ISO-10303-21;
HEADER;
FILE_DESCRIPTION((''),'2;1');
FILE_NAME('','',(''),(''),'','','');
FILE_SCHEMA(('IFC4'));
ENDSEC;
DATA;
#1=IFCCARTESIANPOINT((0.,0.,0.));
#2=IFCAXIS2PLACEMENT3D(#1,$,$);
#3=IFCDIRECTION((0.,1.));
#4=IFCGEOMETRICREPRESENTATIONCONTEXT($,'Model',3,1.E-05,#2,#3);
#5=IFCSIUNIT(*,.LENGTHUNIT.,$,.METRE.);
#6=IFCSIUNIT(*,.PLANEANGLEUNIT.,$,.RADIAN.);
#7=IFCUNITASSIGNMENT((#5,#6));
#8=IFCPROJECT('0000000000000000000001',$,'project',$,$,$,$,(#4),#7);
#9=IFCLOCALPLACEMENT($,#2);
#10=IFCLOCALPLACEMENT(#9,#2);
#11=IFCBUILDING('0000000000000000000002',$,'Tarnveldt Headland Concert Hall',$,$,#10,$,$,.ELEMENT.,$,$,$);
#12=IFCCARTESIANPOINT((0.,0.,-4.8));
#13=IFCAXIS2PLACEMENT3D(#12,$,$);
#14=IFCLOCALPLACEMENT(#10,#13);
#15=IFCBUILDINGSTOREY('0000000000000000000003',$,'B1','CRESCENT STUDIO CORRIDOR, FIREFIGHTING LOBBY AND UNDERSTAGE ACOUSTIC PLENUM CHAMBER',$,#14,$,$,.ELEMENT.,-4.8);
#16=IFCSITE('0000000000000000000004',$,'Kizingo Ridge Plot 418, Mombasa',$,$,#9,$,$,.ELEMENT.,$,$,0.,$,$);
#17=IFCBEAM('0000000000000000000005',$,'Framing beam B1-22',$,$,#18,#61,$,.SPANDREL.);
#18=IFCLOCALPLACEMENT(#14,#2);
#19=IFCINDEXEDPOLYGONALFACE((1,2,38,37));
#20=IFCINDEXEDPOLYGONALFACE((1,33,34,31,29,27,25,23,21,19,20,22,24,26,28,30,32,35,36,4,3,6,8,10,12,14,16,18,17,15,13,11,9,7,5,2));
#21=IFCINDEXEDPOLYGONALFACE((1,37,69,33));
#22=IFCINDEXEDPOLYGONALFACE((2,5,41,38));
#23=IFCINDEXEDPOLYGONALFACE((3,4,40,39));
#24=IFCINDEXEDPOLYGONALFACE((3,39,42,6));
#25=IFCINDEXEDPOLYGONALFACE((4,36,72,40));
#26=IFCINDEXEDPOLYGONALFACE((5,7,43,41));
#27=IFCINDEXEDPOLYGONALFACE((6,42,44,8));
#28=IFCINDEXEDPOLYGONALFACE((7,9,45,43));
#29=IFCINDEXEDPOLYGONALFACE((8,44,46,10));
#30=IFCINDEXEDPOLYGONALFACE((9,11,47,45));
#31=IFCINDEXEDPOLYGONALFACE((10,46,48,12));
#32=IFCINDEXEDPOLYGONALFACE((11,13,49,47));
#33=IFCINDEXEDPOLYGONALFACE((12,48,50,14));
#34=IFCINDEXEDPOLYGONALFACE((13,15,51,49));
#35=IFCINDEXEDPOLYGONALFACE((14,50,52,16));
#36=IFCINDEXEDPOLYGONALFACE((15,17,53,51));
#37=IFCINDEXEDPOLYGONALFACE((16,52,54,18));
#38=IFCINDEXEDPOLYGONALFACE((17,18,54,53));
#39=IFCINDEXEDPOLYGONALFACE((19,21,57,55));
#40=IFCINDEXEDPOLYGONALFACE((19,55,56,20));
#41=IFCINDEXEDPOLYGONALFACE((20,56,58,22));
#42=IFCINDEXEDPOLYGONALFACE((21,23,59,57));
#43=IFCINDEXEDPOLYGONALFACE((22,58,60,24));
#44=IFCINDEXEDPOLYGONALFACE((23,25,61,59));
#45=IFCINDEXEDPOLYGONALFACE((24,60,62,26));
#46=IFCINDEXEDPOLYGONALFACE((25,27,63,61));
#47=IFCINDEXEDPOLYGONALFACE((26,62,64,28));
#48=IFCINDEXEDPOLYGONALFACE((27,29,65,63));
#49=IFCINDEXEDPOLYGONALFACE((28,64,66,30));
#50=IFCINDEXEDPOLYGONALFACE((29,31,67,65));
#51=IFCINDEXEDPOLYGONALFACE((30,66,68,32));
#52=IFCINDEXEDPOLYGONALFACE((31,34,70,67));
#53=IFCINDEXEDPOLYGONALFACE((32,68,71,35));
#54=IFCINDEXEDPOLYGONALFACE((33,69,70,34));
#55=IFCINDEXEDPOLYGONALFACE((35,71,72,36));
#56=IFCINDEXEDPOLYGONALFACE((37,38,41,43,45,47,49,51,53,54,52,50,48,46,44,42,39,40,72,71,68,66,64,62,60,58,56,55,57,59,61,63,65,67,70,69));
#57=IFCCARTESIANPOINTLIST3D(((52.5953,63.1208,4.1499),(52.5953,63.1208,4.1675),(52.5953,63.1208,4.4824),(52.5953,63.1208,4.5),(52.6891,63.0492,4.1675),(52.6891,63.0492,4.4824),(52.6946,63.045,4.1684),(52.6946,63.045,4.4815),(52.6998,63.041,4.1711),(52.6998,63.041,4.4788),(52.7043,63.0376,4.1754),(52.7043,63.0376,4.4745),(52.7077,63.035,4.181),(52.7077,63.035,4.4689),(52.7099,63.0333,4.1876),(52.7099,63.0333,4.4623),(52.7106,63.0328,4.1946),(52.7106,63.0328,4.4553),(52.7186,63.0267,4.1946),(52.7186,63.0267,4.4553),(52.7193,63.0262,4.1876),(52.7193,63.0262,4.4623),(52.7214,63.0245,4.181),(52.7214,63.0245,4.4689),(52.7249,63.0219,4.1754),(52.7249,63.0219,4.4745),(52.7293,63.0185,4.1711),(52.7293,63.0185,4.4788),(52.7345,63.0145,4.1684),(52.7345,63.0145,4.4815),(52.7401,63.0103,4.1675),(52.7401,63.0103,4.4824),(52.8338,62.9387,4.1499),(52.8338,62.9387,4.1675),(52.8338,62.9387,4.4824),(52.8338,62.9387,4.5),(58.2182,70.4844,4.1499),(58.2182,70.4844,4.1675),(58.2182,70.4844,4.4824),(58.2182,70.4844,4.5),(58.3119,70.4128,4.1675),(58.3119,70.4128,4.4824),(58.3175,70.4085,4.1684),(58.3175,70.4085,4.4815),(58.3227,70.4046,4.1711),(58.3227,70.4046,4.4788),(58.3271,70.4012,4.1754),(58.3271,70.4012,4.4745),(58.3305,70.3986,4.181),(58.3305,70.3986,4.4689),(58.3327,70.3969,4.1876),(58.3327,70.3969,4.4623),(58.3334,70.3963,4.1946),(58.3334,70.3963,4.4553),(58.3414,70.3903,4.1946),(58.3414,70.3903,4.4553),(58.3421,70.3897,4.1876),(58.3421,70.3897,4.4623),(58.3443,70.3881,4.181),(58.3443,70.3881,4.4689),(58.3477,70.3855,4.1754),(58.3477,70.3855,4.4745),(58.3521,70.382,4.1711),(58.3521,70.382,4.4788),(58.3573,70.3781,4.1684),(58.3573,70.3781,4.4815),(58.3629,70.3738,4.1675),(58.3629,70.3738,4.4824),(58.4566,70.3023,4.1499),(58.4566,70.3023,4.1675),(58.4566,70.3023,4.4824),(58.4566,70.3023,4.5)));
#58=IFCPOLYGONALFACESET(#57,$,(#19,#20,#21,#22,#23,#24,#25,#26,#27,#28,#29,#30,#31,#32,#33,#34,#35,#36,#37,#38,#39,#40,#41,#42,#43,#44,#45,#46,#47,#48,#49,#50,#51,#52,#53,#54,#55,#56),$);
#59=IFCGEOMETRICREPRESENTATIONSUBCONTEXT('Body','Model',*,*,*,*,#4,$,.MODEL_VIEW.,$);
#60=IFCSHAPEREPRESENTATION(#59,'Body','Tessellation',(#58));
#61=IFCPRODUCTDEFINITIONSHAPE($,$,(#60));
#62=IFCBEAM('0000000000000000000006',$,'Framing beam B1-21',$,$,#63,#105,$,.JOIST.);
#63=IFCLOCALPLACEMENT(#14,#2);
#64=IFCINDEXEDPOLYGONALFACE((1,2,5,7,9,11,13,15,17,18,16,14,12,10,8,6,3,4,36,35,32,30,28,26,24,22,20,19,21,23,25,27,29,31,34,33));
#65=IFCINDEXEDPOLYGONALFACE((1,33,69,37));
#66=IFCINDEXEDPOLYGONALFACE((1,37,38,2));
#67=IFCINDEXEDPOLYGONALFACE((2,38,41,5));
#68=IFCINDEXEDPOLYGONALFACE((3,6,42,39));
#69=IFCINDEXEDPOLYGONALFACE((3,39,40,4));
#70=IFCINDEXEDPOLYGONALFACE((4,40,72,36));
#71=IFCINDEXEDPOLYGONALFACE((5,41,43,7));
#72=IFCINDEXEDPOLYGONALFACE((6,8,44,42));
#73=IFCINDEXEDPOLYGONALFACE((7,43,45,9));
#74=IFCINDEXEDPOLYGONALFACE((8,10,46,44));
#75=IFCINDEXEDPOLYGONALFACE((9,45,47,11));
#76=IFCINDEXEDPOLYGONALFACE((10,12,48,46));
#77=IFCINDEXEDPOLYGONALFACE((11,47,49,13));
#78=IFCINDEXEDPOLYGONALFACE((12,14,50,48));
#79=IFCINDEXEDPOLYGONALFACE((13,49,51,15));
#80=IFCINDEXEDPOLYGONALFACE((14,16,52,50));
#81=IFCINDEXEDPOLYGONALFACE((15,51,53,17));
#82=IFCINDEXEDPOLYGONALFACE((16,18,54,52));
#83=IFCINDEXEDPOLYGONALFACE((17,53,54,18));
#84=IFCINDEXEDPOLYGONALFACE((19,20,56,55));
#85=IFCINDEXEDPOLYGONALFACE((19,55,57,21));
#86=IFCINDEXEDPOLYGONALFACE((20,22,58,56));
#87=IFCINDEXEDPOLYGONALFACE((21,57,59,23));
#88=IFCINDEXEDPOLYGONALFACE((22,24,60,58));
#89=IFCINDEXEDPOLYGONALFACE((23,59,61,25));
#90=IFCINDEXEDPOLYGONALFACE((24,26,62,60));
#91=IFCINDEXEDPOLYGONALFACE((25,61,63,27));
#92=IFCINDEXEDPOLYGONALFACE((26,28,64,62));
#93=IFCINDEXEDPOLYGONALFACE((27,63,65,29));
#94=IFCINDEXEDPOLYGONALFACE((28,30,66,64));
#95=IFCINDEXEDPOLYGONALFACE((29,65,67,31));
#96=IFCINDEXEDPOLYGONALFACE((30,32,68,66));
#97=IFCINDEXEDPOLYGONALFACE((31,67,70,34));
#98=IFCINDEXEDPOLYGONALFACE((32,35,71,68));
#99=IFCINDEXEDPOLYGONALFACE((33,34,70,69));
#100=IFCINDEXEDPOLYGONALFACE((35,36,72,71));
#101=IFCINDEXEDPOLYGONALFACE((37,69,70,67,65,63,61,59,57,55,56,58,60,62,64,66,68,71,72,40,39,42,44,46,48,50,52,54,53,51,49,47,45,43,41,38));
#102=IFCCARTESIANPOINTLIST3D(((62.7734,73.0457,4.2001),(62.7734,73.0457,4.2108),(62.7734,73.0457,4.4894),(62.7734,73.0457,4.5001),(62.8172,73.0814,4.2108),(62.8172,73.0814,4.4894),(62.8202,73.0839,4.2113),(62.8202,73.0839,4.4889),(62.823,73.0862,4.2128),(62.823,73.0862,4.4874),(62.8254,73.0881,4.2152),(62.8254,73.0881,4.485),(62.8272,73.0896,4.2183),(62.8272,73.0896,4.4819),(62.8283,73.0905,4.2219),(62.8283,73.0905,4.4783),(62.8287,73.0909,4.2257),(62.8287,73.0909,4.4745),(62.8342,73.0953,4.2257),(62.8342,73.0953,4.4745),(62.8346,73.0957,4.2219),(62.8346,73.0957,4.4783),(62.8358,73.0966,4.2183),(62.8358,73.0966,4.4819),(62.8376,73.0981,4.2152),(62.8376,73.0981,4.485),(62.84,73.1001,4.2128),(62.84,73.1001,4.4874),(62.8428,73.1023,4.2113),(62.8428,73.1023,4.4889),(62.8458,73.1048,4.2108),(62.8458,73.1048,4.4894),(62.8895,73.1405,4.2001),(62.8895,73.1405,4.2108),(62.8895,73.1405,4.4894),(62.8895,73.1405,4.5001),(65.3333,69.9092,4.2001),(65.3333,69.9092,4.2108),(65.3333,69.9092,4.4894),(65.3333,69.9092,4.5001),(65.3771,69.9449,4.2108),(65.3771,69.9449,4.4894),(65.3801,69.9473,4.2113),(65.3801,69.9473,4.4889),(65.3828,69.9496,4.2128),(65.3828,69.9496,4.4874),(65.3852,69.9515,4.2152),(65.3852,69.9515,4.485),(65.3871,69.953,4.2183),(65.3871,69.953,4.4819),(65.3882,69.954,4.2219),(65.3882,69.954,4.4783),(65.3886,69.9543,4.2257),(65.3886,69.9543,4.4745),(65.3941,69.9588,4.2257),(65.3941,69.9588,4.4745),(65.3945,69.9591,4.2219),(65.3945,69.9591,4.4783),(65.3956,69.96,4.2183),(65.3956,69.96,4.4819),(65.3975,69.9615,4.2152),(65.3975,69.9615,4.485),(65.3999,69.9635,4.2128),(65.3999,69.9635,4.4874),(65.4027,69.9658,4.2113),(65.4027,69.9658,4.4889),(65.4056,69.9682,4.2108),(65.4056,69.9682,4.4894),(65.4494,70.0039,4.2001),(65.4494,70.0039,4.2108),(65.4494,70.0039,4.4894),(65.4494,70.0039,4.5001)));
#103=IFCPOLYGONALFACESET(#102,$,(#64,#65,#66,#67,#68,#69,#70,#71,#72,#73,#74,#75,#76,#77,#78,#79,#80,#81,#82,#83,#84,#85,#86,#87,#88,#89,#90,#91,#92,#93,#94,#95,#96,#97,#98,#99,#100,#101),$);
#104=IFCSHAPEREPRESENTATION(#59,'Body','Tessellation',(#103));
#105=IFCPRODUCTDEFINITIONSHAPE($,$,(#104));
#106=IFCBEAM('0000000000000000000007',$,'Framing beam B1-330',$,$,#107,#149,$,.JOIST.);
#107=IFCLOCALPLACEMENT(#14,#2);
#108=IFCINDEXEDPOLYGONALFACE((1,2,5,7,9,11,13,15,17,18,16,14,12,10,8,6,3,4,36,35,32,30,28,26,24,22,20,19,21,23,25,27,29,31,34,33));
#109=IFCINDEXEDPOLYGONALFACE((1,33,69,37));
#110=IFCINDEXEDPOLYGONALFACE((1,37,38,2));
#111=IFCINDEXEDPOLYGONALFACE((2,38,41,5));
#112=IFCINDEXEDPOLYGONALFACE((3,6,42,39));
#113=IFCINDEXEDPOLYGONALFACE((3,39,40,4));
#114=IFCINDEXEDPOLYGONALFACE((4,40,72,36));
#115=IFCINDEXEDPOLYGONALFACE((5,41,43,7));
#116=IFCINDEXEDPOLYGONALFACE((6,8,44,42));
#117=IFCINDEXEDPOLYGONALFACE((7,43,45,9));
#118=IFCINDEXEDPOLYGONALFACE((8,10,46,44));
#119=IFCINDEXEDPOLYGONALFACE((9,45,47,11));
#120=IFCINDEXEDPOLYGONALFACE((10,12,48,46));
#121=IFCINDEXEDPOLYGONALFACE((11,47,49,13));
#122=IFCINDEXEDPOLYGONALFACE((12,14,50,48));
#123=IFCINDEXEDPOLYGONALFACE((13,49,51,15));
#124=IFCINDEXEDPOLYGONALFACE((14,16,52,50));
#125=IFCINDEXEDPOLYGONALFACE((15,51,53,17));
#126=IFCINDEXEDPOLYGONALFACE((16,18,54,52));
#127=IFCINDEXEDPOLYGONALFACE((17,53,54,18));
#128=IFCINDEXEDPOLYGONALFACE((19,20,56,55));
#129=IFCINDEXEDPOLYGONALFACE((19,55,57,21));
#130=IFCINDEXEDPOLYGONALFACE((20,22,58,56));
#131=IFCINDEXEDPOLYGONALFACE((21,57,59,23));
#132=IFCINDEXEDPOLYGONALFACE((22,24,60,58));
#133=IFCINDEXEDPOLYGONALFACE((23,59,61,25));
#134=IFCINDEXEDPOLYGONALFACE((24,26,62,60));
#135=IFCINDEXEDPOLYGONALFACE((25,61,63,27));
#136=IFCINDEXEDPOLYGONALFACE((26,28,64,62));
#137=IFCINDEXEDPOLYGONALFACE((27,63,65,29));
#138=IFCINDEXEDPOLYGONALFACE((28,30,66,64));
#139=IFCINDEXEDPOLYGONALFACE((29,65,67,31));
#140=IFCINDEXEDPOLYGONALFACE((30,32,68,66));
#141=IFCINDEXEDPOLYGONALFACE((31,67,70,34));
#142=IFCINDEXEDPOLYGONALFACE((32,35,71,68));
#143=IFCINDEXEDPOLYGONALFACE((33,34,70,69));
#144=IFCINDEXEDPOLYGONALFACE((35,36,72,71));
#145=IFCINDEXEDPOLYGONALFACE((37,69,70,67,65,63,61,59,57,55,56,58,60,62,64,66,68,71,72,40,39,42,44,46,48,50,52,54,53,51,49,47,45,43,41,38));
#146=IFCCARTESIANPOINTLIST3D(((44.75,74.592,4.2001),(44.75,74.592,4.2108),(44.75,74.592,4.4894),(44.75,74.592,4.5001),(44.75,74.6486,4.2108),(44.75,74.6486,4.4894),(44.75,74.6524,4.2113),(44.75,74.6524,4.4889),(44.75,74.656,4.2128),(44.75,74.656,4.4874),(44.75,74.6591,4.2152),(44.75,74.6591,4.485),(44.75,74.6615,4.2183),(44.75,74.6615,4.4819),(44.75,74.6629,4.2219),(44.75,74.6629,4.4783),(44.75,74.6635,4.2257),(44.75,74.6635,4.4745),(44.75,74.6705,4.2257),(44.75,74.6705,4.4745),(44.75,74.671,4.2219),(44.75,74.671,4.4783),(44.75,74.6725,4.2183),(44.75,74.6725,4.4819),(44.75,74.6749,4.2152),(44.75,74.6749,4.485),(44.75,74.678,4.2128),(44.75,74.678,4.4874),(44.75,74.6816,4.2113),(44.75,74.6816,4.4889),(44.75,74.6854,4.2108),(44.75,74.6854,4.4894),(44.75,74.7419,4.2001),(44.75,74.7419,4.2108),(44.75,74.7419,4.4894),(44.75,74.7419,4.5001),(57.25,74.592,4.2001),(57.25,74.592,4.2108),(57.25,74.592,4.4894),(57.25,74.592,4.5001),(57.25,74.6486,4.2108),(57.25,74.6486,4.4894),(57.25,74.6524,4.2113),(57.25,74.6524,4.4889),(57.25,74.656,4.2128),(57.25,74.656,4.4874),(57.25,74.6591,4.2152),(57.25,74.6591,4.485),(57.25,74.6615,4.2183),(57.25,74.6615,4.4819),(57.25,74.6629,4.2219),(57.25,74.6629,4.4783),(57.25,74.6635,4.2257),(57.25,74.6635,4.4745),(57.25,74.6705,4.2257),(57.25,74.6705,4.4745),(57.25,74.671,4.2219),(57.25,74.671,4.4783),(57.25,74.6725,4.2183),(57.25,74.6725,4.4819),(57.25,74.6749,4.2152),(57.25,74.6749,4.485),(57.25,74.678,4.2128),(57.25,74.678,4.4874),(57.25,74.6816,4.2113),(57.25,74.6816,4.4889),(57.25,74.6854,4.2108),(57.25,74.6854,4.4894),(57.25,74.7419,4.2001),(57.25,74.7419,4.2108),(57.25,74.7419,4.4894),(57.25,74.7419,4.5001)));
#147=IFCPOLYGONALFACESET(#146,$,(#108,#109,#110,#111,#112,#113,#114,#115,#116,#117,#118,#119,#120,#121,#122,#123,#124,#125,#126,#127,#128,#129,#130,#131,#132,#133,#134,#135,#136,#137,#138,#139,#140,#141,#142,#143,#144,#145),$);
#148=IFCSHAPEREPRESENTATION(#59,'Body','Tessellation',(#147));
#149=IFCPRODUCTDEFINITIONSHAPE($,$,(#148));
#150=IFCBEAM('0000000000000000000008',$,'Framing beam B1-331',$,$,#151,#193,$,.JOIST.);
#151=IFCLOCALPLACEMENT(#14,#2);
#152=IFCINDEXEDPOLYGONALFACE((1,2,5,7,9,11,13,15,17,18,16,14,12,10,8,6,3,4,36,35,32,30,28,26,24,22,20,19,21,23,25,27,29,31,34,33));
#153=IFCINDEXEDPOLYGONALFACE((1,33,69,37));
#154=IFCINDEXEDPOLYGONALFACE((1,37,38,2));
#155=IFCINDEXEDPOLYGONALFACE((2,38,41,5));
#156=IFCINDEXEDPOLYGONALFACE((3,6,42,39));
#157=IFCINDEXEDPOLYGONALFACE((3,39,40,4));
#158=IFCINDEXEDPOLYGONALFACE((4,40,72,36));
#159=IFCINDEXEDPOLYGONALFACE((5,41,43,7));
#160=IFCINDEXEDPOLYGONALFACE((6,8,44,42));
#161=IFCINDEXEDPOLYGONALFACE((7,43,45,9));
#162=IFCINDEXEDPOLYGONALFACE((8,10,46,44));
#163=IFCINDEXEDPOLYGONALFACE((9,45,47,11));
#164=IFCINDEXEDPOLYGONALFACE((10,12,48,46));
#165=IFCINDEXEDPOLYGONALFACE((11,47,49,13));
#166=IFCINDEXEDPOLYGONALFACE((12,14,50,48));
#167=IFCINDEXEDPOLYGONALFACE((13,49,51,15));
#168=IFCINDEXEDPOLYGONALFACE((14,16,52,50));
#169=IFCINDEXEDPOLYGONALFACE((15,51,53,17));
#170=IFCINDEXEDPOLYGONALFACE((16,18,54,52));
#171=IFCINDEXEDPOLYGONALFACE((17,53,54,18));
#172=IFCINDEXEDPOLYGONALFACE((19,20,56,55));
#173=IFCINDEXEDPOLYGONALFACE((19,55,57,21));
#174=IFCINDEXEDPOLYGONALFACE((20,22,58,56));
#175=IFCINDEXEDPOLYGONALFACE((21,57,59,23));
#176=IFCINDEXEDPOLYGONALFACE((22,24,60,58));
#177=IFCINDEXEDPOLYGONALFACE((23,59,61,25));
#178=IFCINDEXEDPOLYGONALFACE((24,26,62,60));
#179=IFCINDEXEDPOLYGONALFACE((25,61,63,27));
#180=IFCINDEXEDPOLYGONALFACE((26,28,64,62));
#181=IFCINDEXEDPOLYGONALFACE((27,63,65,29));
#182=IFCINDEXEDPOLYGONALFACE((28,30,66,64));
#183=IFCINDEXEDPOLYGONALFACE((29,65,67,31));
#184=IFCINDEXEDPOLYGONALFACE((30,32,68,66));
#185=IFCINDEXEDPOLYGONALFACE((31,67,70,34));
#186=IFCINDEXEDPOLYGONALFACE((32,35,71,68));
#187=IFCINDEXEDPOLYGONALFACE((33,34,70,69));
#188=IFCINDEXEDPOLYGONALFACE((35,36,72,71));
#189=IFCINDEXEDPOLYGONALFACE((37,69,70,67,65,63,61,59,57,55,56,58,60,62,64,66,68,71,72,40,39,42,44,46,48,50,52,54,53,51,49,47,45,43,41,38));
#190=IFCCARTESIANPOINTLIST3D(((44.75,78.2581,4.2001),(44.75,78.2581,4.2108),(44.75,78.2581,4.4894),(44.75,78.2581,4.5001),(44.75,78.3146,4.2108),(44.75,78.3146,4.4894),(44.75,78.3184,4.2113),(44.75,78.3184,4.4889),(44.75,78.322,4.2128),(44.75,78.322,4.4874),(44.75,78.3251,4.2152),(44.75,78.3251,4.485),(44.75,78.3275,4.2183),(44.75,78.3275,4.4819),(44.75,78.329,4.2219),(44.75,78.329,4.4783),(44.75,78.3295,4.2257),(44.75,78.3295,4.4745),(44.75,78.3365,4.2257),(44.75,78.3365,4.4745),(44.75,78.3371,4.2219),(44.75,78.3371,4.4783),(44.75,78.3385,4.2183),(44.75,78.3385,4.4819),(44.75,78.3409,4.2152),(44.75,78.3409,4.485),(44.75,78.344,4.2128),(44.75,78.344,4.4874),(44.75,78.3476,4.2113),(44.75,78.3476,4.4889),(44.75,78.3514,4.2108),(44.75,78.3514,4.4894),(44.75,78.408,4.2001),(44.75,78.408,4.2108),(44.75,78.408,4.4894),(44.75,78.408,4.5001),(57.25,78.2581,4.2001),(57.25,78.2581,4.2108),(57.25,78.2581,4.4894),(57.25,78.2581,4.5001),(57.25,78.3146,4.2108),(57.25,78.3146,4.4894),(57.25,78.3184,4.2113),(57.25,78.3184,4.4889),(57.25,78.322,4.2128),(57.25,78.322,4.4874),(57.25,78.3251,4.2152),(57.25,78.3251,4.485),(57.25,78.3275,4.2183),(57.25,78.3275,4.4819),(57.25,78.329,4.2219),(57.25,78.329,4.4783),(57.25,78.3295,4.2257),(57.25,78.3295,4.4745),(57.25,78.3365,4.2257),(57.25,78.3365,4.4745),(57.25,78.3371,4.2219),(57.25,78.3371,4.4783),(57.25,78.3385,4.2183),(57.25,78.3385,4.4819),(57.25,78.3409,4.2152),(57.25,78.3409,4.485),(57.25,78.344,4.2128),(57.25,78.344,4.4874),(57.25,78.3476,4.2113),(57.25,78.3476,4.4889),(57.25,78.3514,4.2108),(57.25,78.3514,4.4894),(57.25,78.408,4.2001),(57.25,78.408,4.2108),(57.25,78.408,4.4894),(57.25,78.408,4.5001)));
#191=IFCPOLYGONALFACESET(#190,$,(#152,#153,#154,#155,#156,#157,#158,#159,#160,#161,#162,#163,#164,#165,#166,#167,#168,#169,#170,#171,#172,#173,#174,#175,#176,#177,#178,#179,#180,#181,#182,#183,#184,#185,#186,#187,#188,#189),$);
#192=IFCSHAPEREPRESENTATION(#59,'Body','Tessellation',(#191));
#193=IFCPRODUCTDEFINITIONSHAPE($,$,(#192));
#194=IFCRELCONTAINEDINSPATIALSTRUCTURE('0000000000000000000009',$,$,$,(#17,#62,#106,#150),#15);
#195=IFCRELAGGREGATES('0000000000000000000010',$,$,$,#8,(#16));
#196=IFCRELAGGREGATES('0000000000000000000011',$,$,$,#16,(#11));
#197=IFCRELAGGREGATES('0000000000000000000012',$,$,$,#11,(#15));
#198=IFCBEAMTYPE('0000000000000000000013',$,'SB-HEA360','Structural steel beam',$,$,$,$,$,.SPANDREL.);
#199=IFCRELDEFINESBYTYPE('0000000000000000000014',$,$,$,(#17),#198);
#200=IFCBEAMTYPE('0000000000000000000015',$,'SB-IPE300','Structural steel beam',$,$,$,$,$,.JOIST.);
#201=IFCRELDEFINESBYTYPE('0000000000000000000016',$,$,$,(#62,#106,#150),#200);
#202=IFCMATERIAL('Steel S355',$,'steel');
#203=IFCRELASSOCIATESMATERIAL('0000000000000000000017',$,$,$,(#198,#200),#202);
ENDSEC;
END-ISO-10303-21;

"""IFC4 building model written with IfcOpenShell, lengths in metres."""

from ifc_helpers import new_model, si_unit, direction, frame, origin, origin_2d, place, context, subcontext, project, spatial, i_section, extrude, material, material_profile, profile_set, type_object, element, save


model = new_model("IFC4")

# Units and contexts
model_context = context("Model", 3, precision=1e-05, world=origin(), true_north=direction((0.0, 1.0)))
body_context = subcontext(model_context, "Body", "Model", "MODEL_VIEW")
ifc_project = project(units=[si_unit("LENGTHUNIT", "METRE"), si_unit("PLANEANGLEUNIT", "RADIAN")], contexts=[model_context])

# Site, building, storey
site_placement = place(None, origin())
site = spatial("IfcSite", under=ifc_project, at=site_placement, Name="Kizingo Ridge Plot 418, Mombasa", CompositionType="ELEMENT", RefElevation=0.0)
building_placement = place(site_placement, origin())
building = spatial("IfcBuilding", under=site, at=building_placement, Name="Tarnveldt Headland Concert Hall", CompositionType="ELEMENT")
storey_placement = place(building_placement, frame((0.0, 0.0, -4.8)))
storey = spatial("IfcBuildingStorey", under=building, at=storey_placement, Name="B1", Description="CRESCENT STUDIO CORRIDOR, FIREFIGHTING LOBBY AND UNDERSTAGE ACOUSTIC PLENUM CHAMBER", CompositionType="ELEMENT", Elevation=-4.8)

# Beams
ifc_material_1 = material(Name="Steel S355", Category="steel")
ifc_material_profile_1 = material_profile(ifc_material_1, i_section(OverallWidth=0.3, OverallDepth=0.3501, WebThickness=0.01, FlangeThickness=0.0176, FilletRadius=0.0271, at=origin_2d()), Name="HEA360", Category="steel")
ifc_profile_set_1 = profile_set([ifc_material_profile_1], Name="Steel S355")
beam_type_1 = type_object("IfcBeamType", Name="SB-HEA360", Description="Structural steel beam", PredefinedType="SPANDREL", material=ifc_profile_set_1)
beam_1_placement = place(storey_placement, frame((58.3374, 70.3933, 4.325), z_axis=(-0.606896, -0.794781, 0.0), x_axis=(0.794781, -0.606896, 0.0)))
element("IfcBeam", 1, at=beam_1_placement, inside=storey, type_object=beam_type_1, Name="Framing beam B1-22", PredefinedType="SPANDREL", context=body_context, shape_type="SweptSolid", body=[
    extrude(i_section(OverallWidth=0.3, OverallDepth=0.3501, WebThickness=0.01, FlangeThickness=0.0176, FilletRadius=0.0271, at=origin_2d()), origin(), (0.0, 0.0, 1.0), 9.2649),
])
ifc_material_profile_2 = material_profile(ifc_material_1, i_section(OverallWidth=0.1499, OverallDepth=0.3, WebThickness=0.0071, FlangeThickness=0.0107, FilletRadius=0.0149, at=origin_2d()), Name="IPE300", Category="steel")
ifc_profile_set_2 = profile_set([ifc_material_profile_2], Name="Steel S355")
beam_type_2 = type_object("IfcBeamType", Name="SB-IPE300", Description="Structural steel beam", PredefinedType="JOIST", material=ifc_profile_set_2)
beam_2_placement = place(storey_placement, frame((65.3914, 69.9565, 4.3501), z_axis=(-0.632292, 0.774731, 0.0), x_axis=(-0.774731, -0.632292, 0.0)))
element("IfcBeam", 2, at=beam_2_placement, inside=storey, type_object=beam_type_2, Name="Framing beam B1-21", PredefinedType="JOIST", context=body_context, shape_type="SweptSolid", body=[
    extrude(i_section(OverallWidth=0.1499, OverallDepth=0.3, WebThickness=0.0071, FlangeThickness=0.0107, FilletRadius=0.0149, at=origin_2d()), origin(), (0.0, 0.0, 1.0), 4.0486),
])
for number, where, z_axis, x_axis, name in (
    (3, (44.75, 74.667, 4.3501), (1.0, 0.0, 0.0), (0.0, 1.0, 0.0), "Framing beam B1-330"),
    (4, (44.75, 78.333, 4.3501), (1.0, 0.0, 0.0), (0.0, 1.0, 0.0), "Framing beam B1-331"),
):
    element("IfcBeam", number, at=place(storey_placement, frame(where, z_axis=z_axis, x_axis=x_axis)), inside=storey, type_object=beam_type_2, Name=name, PredefinedType="JOIST", context=body_context, shape_type="SweptSolid", body=[
        extrude(i_section(OverallWidth=0.1499, OverallDepth=0.3, WebThickness=0.0071, FlangeThickness=0.0107, FilletRadius=0.0149, at=origin_2d()), origin(), (0.0, 0.0, 1.0), 12.5),
    ])

save(model, "model.ifc")
